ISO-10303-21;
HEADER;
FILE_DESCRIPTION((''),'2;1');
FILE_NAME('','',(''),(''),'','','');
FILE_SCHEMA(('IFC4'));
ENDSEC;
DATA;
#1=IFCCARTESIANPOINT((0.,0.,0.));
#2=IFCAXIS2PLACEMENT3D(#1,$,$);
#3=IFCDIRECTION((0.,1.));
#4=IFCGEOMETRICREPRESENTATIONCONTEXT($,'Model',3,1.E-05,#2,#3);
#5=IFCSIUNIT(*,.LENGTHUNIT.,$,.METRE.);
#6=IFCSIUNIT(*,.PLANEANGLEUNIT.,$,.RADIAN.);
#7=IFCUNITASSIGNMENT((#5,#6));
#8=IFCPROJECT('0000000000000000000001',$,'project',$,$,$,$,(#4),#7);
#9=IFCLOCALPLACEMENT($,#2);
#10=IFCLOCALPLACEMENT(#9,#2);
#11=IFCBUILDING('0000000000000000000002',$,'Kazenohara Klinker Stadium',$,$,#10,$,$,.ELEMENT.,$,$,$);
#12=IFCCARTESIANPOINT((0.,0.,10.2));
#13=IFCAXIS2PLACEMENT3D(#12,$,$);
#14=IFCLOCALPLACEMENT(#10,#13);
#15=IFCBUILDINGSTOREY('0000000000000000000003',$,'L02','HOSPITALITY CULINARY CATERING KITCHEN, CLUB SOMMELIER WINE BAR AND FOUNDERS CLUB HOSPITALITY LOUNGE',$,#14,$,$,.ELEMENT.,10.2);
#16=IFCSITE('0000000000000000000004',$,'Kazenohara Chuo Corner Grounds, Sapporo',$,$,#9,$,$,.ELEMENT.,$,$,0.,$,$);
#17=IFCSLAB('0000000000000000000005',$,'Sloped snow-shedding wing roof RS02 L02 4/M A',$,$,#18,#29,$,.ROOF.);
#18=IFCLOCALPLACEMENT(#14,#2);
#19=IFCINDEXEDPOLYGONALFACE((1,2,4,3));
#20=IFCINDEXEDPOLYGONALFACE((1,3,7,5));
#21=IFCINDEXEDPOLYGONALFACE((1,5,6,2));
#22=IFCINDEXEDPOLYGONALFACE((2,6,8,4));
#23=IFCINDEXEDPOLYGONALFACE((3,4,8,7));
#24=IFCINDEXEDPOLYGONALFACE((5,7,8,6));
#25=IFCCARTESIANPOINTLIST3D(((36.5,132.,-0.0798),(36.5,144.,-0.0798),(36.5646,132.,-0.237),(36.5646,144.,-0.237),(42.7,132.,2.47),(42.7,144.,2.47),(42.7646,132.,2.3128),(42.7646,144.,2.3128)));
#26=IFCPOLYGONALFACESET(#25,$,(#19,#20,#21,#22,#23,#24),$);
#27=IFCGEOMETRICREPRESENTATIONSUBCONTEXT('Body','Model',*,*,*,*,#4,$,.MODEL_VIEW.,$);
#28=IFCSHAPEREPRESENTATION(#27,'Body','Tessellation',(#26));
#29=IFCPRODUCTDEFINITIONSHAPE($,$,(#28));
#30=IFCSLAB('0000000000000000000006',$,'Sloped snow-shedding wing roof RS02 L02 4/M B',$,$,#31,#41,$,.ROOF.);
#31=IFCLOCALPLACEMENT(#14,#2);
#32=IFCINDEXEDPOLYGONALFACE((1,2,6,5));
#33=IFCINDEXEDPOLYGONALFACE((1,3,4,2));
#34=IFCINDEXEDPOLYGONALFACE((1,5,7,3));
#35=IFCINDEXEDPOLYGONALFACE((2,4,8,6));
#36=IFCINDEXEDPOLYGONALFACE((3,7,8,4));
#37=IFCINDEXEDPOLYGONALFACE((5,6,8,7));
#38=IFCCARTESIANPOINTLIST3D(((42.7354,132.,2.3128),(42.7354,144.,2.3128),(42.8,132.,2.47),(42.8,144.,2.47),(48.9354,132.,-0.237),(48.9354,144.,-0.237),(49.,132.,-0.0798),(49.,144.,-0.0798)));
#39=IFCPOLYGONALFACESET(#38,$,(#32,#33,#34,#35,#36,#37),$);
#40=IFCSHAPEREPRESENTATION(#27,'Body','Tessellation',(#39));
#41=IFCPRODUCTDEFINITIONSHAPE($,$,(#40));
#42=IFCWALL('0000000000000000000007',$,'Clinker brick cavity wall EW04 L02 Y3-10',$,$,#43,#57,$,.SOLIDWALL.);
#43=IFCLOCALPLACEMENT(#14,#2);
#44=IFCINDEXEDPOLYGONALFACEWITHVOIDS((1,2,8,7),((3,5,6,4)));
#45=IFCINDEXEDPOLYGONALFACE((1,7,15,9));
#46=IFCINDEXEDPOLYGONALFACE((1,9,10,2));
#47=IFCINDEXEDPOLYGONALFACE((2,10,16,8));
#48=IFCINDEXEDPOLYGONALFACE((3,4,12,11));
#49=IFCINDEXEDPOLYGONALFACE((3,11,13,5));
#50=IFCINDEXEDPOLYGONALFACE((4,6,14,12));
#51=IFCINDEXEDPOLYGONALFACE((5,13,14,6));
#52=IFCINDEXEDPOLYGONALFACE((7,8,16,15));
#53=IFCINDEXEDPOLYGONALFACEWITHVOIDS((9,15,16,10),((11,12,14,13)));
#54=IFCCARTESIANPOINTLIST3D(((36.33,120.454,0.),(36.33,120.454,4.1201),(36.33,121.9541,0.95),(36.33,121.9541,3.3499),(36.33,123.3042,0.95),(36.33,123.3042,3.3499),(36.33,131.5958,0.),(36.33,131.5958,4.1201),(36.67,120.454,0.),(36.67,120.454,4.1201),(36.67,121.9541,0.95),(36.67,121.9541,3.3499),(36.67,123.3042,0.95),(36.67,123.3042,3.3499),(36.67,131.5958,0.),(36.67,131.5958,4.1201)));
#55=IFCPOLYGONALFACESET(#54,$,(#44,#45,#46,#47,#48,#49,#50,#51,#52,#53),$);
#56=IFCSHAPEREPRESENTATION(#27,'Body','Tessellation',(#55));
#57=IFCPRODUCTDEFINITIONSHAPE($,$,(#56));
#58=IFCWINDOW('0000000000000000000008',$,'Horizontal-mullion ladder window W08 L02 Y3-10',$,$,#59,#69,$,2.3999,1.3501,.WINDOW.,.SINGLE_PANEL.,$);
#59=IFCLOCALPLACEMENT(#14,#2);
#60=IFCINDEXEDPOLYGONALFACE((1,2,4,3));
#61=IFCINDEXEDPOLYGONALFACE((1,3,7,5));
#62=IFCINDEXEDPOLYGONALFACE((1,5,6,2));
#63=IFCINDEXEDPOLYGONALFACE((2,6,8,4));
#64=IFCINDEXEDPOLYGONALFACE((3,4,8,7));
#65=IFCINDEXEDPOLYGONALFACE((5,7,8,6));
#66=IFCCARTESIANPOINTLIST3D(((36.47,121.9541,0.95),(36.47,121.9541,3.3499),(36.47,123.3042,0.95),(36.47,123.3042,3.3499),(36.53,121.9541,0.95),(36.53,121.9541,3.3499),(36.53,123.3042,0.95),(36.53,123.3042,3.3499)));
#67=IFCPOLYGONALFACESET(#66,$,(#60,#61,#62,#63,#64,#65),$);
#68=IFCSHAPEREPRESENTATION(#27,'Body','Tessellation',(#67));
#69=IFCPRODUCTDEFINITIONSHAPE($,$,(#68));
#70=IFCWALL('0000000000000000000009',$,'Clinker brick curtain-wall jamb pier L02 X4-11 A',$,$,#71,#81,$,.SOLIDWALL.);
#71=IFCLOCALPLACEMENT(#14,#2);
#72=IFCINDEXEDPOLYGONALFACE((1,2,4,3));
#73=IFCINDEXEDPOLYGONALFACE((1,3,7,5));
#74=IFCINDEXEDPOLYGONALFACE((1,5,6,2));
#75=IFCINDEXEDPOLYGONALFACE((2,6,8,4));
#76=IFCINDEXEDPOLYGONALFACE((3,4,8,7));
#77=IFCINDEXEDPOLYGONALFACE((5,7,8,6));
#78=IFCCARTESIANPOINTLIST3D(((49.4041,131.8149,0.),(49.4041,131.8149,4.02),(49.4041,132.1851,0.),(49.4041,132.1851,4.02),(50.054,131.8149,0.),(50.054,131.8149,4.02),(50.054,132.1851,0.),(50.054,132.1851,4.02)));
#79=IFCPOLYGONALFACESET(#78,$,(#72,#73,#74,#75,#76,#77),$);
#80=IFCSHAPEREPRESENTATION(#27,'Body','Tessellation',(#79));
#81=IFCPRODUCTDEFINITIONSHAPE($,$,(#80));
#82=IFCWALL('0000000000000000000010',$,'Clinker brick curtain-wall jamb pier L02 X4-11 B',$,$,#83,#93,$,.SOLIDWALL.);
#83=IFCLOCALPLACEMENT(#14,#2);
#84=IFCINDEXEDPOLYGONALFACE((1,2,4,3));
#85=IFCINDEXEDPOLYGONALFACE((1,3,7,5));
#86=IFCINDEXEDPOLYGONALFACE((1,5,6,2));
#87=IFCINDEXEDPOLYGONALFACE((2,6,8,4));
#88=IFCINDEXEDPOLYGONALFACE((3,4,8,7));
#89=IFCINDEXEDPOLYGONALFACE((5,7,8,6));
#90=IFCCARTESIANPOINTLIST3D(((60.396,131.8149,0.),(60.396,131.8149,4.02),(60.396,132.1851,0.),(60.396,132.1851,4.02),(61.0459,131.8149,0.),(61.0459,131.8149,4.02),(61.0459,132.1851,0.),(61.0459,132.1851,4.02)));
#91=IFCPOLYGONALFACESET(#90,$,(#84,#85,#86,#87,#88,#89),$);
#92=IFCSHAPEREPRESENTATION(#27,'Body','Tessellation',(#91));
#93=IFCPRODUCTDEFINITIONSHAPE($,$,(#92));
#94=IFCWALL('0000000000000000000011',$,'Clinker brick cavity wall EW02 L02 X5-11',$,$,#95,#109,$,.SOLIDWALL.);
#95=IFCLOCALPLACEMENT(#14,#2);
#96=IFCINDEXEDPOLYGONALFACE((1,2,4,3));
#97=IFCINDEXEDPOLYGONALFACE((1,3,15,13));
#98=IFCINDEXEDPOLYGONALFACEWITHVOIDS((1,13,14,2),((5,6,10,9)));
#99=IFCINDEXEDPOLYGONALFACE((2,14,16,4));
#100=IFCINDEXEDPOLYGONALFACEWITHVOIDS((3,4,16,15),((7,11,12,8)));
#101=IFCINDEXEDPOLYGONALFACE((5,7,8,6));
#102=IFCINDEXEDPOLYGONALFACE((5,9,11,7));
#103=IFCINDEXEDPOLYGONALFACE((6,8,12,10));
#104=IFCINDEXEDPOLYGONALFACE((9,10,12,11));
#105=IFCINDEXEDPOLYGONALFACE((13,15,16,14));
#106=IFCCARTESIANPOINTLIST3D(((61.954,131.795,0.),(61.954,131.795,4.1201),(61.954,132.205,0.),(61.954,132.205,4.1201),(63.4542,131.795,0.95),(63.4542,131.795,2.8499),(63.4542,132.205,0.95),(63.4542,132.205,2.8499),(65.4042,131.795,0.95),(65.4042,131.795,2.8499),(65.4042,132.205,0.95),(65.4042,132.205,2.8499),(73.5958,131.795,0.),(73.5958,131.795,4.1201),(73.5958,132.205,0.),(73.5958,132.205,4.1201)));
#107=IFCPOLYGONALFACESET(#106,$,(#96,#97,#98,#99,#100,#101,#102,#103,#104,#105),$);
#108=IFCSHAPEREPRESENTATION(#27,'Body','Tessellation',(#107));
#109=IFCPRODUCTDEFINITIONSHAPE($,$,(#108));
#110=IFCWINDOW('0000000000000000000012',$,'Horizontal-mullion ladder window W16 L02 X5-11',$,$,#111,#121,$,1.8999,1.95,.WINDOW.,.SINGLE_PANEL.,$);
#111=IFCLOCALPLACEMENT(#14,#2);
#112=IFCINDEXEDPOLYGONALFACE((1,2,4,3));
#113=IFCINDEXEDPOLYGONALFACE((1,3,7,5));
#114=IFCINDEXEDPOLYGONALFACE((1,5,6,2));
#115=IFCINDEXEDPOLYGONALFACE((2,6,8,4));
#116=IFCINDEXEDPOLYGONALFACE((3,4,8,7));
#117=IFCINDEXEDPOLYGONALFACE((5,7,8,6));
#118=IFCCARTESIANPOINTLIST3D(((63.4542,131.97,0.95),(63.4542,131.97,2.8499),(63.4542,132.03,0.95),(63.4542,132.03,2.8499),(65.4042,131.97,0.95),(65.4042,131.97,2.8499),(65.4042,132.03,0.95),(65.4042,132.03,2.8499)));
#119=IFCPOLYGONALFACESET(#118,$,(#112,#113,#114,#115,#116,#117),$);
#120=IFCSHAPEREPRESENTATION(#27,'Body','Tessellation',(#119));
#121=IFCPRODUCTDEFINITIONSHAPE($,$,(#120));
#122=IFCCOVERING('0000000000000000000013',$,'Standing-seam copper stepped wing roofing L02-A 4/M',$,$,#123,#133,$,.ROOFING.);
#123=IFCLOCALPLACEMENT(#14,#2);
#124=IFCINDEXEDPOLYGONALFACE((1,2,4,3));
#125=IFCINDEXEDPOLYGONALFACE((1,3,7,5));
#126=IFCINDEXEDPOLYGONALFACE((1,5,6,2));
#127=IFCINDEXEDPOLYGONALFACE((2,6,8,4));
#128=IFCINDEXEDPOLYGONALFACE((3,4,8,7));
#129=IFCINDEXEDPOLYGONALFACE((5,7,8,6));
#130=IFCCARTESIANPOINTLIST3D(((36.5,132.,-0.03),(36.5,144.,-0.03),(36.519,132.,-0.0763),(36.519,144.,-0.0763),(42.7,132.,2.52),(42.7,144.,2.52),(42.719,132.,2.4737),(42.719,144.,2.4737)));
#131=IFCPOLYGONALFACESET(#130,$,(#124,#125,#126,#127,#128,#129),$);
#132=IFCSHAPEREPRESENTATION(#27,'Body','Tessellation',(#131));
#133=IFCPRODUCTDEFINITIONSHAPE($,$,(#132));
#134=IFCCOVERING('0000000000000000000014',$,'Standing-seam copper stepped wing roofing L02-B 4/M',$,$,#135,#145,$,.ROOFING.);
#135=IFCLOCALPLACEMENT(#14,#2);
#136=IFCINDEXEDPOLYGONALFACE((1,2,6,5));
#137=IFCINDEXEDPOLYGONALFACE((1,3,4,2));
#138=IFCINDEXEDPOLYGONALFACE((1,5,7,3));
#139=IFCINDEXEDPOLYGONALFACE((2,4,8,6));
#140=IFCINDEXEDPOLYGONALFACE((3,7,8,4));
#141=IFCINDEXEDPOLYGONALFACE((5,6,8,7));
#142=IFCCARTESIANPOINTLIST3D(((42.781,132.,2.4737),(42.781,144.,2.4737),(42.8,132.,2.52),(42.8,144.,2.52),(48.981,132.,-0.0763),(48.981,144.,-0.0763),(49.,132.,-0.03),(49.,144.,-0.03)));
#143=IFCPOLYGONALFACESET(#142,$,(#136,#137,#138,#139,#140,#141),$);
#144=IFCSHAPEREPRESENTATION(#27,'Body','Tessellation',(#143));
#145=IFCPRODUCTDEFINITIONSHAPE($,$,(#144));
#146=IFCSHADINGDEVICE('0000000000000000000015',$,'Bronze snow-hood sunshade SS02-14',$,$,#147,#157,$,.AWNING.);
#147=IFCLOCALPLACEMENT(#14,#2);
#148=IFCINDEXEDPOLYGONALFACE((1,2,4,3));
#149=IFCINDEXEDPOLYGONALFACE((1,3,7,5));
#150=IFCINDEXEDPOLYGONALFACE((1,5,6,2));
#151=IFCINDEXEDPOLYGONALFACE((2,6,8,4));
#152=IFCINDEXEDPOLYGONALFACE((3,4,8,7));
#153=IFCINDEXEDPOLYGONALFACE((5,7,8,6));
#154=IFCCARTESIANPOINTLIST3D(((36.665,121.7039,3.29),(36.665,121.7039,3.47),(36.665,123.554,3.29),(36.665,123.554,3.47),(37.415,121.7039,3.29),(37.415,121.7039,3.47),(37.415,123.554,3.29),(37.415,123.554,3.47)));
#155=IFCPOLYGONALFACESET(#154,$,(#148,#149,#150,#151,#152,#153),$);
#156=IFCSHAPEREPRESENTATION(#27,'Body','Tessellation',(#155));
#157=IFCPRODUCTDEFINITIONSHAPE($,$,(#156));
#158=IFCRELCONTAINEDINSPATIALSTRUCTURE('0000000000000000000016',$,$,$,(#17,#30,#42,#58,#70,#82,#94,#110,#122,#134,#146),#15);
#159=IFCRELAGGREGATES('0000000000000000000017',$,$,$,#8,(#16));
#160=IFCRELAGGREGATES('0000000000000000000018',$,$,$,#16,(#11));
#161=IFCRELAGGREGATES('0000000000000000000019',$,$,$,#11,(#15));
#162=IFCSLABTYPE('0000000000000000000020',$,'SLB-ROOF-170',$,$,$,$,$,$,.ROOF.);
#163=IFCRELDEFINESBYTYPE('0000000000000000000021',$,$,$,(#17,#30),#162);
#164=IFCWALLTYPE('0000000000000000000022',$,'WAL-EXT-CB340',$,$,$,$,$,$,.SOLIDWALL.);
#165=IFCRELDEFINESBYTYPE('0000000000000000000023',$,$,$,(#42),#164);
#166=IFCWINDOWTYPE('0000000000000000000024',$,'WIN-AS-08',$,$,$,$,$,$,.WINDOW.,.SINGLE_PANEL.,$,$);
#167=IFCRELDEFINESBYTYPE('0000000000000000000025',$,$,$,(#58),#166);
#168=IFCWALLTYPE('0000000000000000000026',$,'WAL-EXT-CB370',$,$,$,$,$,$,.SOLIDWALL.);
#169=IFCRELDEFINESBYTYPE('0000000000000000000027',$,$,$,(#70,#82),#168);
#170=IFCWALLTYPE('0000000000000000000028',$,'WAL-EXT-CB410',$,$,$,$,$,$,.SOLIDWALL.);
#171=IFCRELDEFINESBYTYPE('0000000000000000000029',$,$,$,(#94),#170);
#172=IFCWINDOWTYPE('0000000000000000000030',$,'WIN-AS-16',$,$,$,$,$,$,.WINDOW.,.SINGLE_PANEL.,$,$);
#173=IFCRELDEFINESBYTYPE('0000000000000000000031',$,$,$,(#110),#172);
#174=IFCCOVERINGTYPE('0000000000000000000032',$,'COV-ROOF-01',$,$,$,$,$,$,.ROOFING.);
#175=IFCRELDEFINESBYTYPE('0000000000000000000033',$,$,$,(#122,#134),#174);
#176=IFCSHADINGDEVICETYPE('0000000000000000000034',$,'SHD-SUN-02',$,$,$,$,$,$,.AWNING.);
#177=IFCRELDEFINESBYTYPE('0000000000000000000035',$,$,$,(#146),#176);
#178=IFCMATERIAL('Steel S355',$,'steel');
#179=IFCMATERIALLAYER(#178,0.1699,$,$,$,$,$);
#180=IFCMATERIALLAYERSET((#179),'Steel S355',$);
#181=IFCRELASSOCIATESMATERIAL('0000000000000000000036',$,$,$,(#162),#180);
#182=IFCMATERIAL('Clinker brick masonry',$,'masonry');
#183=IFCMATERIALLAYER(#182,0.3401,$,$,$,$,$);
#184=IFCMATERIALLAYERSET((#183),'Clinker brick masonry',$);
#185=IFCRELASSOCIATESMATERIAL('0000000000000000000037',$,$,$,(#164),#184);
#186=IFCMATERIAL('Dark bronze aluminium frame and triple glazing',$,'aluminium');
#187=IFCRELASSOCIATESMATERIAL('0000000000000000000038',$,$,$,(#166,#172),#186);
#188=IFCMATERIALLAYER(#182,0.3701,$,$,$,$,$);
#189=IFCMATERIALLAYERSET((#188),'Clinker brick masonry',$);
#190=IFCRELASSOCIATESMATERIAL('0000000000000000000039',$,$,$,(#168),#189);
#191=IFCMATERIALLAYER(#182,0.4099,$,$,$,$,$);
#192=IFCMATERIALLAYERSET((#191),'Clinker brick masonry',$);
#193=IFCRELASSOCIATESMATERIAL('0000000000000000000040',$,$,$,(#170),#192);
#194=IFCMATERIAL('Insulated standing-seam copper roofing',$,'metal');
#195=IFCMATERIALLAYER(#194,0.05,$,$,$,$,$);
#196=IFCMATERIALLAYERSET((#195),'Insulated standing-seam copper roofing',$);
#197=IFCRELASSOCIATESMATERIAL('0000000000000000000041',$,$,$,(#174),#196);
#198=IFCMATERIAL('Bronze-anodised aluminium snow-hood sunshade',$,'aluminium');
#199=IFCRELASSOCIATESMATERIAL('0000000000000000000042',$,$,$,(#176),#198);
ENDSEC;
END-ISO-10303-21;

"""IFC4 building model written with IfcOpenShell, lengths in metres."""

from ifc_helpers import new_model, si_unit, direction, frame, frame_2d, origin, origin_2d, place, context, subcontext, project, spatial, polyline, rectangle, outline, extrude, material, layer, layer_set, type_object, element, fill, save


model = new_model("IFC4")

# Units and contexts
model_context = context("Model", 3, precision=1e-05, world=origin(), true_north=direction((0.0, 1.0)))
body_context = subcontext(model_context, "Body", "Model", "MODEL_VIEW")
ifc_project = project(units=[si_unit("LENGTHUNIT", "METRE"), si_unit("PLANEANGLEUNIT", "RADIAN")], contexts=[model_context])

# Site, building, storey
site_placement = place(None, origin())
site = spatial("IfcSite", under=ifc_project, at=site_placement, Name="Kazenohara Chuo Corner Grounds, Sapporo", CompositionType="ELEMENT", RefElevation=0.0)
building_placement = place(site_placement, origin())
building = spatial("IfcBuilding", under=site, at=building_placement, Name="Kazenohara Klinker Stadium", CompositionType="ELEMENT")
storey_placement = place(building_placement, frame((0.0, 0.0, 10.2)))
storey = spatial("IfcBuildingStorey", under=building, at=storey_placement, Name="L02", Description="HOSPITALITY CULINARY CATERING KITCHEN, CLUB SOMMELIER WINE BAR AND FOUNDERS CLUB HOSPITALITY LOUNGE", CompositionType="ELEMENT", Elevation=10.2)

# Shared definitions
ifc_material_1 = material(Name="Steel S355", Category="steel")

# Slabs
ifc_layer_1 = layer(ifc_material_1, 0.1699)
ifc_layer_set_1 = layer_set([ifc_layer_1], Name="Steel S355")
slab_type = type_object("IfcSlabType", Name="SLB-ROOF-170", PredefinedType="ROOF", material=ifc_layer_set_1)
for number, where, z_axis, x_axis, name in (
    (1, (36.5, 132.0, -0.0798), (-0.380352, 0.0, 0.924842), (0.924842, 0.0, 0.380352), "Sloped snow-shedding wing roof RS02 L02 4/M A"),
    (2, (42.8, 132.0, 2.47), (0.380352, 0.0, 0.924842), (0.924842, 0.0, -0.380352), "Sloped snow-shedding wing roof RS02 L02 4/M B"),
):
    element("IfcSlab", number, at=place(storey_placement, frame(where, z_axis=z_axis, x_axis=x_axis)), inside=storey, type_object=slab_type, Name=name, PredefinedType="ROOF", context=body_context, shape_type="SweptSolid", body=[
        extrude(outline(polyline([(0.0, 0.0), (6.7038, 0.0), (6.7038, 12.0), (0.0, 12.0), (0.0, 0.0)])), origin(), (0.0, 0.0, -1.0), 0.1699),
    ])

# Wall, opening, window
ifc_material_2 = material(Name="Clinker brick masonry", Category="masonry")
ifc_layer_2 = layer(ifc_material_2, 0.3401)
ifc_layer_set_2 = layer_set([ifc_layer_2], Name="Clinker brick masonry")
wall_type_1 = type_object("IfcWallType", Name="WAL-EXT-CB340", PredefinedType="SOLIDWALL", material=ifc_layer_set_2)
wall_1_placement = place(storey_placement, frame((36.5, 120.4541, 0.0), z_axis=(0.0, 0.0, 1.0), x_axis=(0.0, 1.0, 0.0)))
wall_1 = element("IfcWall", 3, at=wall_1_placement, inside=storey, type_object=wall_type_1, Name="Clinker brick cavity wall EW04 L02 Y3-10", PredefinedType="SOLIDWALL", context=body_context, shape_type="SweptSolid", body=[
    extrude(rectangle(XDim=11.1418, YDim=0.3401, at=frame_2d((5.5708, 0.0))), origin(), (0.0, 0.0, 1.0), 4.1201),
])
opening_1_placement = place(wall_1_placement, frame((1.5, 0.0, 0.95)))
opening_1 = element("IfcOpeningElement", 4, at=opening_1_placement, cuts=wall_1, PredefinedType="OPENING", context=body_context, shape_type="SweptSolid", body=[
    extrude(rectangle(XDim=1.3501, YDim=2.3999, at=frame_2d((0.675, 1.2))), frame((0.0, 0.1802, 0.0), z_axis=(0.0, -1.0, 0.0), x_axis=(1.0, 0.0, 0.0)), (0.0, 0.0, 1.0), 0.3601),
])
ifc_material_3 = material(Name="Dark bronze aluminium frame and triple glazing", Category="aluminium")
window_type_1 = type_object("IfcWindowType", Name="WIN-AS-08", PartitioningType="SINGLE_PANEL", PredefinedType="WINDOW", material=ifc_material_3)
window_1_placement = place(opening_1_placement, origin())
window_1 = element("IfcWindow", 5, at=window_1_placement, inside=storey, type_object=window_type_1, Name="Horizontal-mullion ladder window W08 L02 Y3-10", OverallHeight=2.3999, OverallWidth=1.3501, PartitioningType="SINGLE_PANEL", PredefinedType="WINDOW", context=body_context, shape_type="SweptSolid", body=[
    extrude(rectangle(XDim=1.3501, YDim=2.3999, at=frame_2d((0.675, 1.2))), frame((0.0, 0.03, 0.0), z_axis=(0.0, -1.0, 0.0), x_axis=(1.0, 0.0, 0.0)), (0.0, 0.0, 1.0), 0.0601),
])
fill(opening_1, window_1)

# Walls
ifc_layer_3 = layer(ifc_material_2, 0.3701)
ifc_layer_set_3 = layer_set([ifc_layer_3], Name="Clinker brick masonry")
wall_type_2 = type_object("IfcWallType", Name="WAL-EXT-CB370", PredefinedType="SOLIDWALL", material=ifc_layer_set_3)
for number, where, z_axis, x_axis, name in (
    (6, (49.4041, 132.0, 0.0), (0.0, 0.0, 1.0), (1.0, 0.0, 0.0), "Clinker brick curtain-wall jamb pier L02 X4-11 A"),
    (7, (60.396, 132.0, 0.0), (0.0, 0.0, 1.0), (1.0, 0.0, 0.0), "Clinker brick curtain-wall jamb pier L02 X4-11 B"),
):
    element("IfcWall", number, at=place(storey_placement, frame(where, z_axis=z_axis, x_axis=x_axis)), inside=storey, type_object=wall_type_2, Name=name, PredefinedType="SOLIDWALL", context=body_context, shape_type="SweptSolid", body=[
        extrude(rectangle(XDim=0.6499, YDim=0.3701, at=frame_2d((0.325, 0.0))), origin(), (0.0, 0.0, 1.0), 4.02),
    ])

# Wall, opening, window
ifc_layer_4 = layer(ifc_material_2, 0.4099)
ifc_layer_set_4 = layer_set([ifc_layer_4], Name="Clinker brick masonry")
wall_type_3 = type_object("IfcWallType", Name="WAL-EXT-CB410", PredefinedType="SOLIDWALL", material=ifc_layer_set_4)
wall_2_placement = place(storey_placement, frame((61.9541, 132.0, 0.0), z_axis=(0.0, 0.0, 1.0), x_axis=(1.0, 0.0, 0.0)))
wall_2 = element("IfcWall", 8, at=wall_2_placement, inside=storey, type_object=wall_type_3, Name="Clinker brick cavity wall EW02 L02 X5-11", PredefinedType="SOLIDWALL", context=body_context, shape_type="SweptSolid", body=[
    extrude(rectangle(XDim=11.6418, YDim=0.4099, at=frame_2d((5.8208, 0.0))), origin(), (0.0, 0.0, 1.0), 4.1201),
])
opening_2_placement = place(wall_2_placement, frame((1.5, 0.0, 0.95)))
opening_2 = element("IfcOpeningElement", 9, at=opening_2_placement, cuts=wall_2, PredefinedType="OPENING", context=body_context, shape_type="SweptSolid", body=[
    extrude(rectangle(XDim=1.95, YDim=1.8999, at=frame_2d((0.9751, 0.95))), frame((0.0, 0.2148, 0.0), z_axis=(0.0, -1.0, 0.0), x_axis=(1.0, 0.0, 0.0)), (0.0, 0.0, 1.0), 0.4299),
])
window_type_2 = type_object("IfcWindowType", Name="WIN-AS-16", PartitioningType="SINGLE_PANEL", PredefinedType="WINDOW", material=ifc_material_3)
window_2_placement = place(opening_2_placement, origin())
window_2 = element("IfcWindow", 10, at=window_2_placement, inside=storey, type_object=window_type_2, Name="Horizontal-mullion ladder window W16 L02 X5-11", OverallHeight=1.8999, OverallWidth=1.95, PartitioningType="SINGLE_PANEL", PredefinedType="WINDOW", context=body_context, shape_type="SweptSolid", body=[
    extrude(rectangle(XDim=1.95, YDim=1.8999, at=frame_2d((0.9751, 0.95))), frame((0.0, 0.03, 0.0), z_axis=(0.0, -1.0, 0.0), x_axis=(1.0, 0.0, 0.0)), (0.0, 0.0, 1.0), 0.0601),
])
fill(opening_2, window_2)

# Coverings
ifc_material_4 = material(Name="Insulated standing-seam copper roofing", Category="metal")
ifc_layer_5 = layer(ifc_material_4, 0.05)
ifc_layer_set_5 = layer_set([ifc_layer_5], Name="Insulated standing-seam copper roofing")
covering_type = type_object("IfcCoveringType", Name="COV-ROOF-01", PredefinedType="ROOFING", material=ifc_layer_set_5)
for number, where, z_axis, x_axis, name in (
    (11, (36.5, 132.0, -0.03), (-0.380383, 0.0, 0.924829), (0.924829, 0.0, 0.380383), "Standing-seam copper stepped wing roofing L02-A 4/M"),
    (12, (42.8, 132.0, 2.52), (0.380383, 0.0, 0.924829), (0.924829, 0.0, -0.380383), "Standing-seam copper stepped wing roofing L02-B 4/M"),
):
    element("IfcCovering", number, at=place(storey_placement, frame(where, z_axis=z_axis, x_axis=x_axis)), inside=storey, type_object=covering_type, Name=name, PredefinedType="ROOFING", context=body_context, shape_type="SweptSolid", body=[
        extrude(outline(polyline([(0.0, 0.0), (6.7039, 0.0), (6.7039, 12.0), (0.0, 12.0), (0.0, 0.0)])), origin(), (0.0, 0.0, -1.0), 0.05),
    ])

# Shading device
ifc_material_5 = material(Name="Bronze-anodised aluminium snow-hood sunshade", Category="aluminium")
shading_device_type = type_object("IfcShadingDeviceType", Name="SHD-SUN-02", PredefinedType="AWNING", material=ifc_material_5)
shading_device_placement = place(storey_placement, frame((37.04, 122.6289, 3.29), z_axis=(0.0, 0.0, 1.0), x_axis=(0.0, 1.0, 0.0)))
element("IfcShadingDevice", 13, at=shading_device_placement, inside=storey, type_object=shading_device_type, Name="Bronze snow-hood sunshade SS02-14", PredefinedType="AWNING", context=body_context, shape_type="SweptSolid", body=[
    extrude(rectangle(XDim=1.8501, YDim=0.75, at=origin_2d()), origin(), (0.0, 0.0, 1.0), 0.1799),
])

save(model, "model.ifc")
